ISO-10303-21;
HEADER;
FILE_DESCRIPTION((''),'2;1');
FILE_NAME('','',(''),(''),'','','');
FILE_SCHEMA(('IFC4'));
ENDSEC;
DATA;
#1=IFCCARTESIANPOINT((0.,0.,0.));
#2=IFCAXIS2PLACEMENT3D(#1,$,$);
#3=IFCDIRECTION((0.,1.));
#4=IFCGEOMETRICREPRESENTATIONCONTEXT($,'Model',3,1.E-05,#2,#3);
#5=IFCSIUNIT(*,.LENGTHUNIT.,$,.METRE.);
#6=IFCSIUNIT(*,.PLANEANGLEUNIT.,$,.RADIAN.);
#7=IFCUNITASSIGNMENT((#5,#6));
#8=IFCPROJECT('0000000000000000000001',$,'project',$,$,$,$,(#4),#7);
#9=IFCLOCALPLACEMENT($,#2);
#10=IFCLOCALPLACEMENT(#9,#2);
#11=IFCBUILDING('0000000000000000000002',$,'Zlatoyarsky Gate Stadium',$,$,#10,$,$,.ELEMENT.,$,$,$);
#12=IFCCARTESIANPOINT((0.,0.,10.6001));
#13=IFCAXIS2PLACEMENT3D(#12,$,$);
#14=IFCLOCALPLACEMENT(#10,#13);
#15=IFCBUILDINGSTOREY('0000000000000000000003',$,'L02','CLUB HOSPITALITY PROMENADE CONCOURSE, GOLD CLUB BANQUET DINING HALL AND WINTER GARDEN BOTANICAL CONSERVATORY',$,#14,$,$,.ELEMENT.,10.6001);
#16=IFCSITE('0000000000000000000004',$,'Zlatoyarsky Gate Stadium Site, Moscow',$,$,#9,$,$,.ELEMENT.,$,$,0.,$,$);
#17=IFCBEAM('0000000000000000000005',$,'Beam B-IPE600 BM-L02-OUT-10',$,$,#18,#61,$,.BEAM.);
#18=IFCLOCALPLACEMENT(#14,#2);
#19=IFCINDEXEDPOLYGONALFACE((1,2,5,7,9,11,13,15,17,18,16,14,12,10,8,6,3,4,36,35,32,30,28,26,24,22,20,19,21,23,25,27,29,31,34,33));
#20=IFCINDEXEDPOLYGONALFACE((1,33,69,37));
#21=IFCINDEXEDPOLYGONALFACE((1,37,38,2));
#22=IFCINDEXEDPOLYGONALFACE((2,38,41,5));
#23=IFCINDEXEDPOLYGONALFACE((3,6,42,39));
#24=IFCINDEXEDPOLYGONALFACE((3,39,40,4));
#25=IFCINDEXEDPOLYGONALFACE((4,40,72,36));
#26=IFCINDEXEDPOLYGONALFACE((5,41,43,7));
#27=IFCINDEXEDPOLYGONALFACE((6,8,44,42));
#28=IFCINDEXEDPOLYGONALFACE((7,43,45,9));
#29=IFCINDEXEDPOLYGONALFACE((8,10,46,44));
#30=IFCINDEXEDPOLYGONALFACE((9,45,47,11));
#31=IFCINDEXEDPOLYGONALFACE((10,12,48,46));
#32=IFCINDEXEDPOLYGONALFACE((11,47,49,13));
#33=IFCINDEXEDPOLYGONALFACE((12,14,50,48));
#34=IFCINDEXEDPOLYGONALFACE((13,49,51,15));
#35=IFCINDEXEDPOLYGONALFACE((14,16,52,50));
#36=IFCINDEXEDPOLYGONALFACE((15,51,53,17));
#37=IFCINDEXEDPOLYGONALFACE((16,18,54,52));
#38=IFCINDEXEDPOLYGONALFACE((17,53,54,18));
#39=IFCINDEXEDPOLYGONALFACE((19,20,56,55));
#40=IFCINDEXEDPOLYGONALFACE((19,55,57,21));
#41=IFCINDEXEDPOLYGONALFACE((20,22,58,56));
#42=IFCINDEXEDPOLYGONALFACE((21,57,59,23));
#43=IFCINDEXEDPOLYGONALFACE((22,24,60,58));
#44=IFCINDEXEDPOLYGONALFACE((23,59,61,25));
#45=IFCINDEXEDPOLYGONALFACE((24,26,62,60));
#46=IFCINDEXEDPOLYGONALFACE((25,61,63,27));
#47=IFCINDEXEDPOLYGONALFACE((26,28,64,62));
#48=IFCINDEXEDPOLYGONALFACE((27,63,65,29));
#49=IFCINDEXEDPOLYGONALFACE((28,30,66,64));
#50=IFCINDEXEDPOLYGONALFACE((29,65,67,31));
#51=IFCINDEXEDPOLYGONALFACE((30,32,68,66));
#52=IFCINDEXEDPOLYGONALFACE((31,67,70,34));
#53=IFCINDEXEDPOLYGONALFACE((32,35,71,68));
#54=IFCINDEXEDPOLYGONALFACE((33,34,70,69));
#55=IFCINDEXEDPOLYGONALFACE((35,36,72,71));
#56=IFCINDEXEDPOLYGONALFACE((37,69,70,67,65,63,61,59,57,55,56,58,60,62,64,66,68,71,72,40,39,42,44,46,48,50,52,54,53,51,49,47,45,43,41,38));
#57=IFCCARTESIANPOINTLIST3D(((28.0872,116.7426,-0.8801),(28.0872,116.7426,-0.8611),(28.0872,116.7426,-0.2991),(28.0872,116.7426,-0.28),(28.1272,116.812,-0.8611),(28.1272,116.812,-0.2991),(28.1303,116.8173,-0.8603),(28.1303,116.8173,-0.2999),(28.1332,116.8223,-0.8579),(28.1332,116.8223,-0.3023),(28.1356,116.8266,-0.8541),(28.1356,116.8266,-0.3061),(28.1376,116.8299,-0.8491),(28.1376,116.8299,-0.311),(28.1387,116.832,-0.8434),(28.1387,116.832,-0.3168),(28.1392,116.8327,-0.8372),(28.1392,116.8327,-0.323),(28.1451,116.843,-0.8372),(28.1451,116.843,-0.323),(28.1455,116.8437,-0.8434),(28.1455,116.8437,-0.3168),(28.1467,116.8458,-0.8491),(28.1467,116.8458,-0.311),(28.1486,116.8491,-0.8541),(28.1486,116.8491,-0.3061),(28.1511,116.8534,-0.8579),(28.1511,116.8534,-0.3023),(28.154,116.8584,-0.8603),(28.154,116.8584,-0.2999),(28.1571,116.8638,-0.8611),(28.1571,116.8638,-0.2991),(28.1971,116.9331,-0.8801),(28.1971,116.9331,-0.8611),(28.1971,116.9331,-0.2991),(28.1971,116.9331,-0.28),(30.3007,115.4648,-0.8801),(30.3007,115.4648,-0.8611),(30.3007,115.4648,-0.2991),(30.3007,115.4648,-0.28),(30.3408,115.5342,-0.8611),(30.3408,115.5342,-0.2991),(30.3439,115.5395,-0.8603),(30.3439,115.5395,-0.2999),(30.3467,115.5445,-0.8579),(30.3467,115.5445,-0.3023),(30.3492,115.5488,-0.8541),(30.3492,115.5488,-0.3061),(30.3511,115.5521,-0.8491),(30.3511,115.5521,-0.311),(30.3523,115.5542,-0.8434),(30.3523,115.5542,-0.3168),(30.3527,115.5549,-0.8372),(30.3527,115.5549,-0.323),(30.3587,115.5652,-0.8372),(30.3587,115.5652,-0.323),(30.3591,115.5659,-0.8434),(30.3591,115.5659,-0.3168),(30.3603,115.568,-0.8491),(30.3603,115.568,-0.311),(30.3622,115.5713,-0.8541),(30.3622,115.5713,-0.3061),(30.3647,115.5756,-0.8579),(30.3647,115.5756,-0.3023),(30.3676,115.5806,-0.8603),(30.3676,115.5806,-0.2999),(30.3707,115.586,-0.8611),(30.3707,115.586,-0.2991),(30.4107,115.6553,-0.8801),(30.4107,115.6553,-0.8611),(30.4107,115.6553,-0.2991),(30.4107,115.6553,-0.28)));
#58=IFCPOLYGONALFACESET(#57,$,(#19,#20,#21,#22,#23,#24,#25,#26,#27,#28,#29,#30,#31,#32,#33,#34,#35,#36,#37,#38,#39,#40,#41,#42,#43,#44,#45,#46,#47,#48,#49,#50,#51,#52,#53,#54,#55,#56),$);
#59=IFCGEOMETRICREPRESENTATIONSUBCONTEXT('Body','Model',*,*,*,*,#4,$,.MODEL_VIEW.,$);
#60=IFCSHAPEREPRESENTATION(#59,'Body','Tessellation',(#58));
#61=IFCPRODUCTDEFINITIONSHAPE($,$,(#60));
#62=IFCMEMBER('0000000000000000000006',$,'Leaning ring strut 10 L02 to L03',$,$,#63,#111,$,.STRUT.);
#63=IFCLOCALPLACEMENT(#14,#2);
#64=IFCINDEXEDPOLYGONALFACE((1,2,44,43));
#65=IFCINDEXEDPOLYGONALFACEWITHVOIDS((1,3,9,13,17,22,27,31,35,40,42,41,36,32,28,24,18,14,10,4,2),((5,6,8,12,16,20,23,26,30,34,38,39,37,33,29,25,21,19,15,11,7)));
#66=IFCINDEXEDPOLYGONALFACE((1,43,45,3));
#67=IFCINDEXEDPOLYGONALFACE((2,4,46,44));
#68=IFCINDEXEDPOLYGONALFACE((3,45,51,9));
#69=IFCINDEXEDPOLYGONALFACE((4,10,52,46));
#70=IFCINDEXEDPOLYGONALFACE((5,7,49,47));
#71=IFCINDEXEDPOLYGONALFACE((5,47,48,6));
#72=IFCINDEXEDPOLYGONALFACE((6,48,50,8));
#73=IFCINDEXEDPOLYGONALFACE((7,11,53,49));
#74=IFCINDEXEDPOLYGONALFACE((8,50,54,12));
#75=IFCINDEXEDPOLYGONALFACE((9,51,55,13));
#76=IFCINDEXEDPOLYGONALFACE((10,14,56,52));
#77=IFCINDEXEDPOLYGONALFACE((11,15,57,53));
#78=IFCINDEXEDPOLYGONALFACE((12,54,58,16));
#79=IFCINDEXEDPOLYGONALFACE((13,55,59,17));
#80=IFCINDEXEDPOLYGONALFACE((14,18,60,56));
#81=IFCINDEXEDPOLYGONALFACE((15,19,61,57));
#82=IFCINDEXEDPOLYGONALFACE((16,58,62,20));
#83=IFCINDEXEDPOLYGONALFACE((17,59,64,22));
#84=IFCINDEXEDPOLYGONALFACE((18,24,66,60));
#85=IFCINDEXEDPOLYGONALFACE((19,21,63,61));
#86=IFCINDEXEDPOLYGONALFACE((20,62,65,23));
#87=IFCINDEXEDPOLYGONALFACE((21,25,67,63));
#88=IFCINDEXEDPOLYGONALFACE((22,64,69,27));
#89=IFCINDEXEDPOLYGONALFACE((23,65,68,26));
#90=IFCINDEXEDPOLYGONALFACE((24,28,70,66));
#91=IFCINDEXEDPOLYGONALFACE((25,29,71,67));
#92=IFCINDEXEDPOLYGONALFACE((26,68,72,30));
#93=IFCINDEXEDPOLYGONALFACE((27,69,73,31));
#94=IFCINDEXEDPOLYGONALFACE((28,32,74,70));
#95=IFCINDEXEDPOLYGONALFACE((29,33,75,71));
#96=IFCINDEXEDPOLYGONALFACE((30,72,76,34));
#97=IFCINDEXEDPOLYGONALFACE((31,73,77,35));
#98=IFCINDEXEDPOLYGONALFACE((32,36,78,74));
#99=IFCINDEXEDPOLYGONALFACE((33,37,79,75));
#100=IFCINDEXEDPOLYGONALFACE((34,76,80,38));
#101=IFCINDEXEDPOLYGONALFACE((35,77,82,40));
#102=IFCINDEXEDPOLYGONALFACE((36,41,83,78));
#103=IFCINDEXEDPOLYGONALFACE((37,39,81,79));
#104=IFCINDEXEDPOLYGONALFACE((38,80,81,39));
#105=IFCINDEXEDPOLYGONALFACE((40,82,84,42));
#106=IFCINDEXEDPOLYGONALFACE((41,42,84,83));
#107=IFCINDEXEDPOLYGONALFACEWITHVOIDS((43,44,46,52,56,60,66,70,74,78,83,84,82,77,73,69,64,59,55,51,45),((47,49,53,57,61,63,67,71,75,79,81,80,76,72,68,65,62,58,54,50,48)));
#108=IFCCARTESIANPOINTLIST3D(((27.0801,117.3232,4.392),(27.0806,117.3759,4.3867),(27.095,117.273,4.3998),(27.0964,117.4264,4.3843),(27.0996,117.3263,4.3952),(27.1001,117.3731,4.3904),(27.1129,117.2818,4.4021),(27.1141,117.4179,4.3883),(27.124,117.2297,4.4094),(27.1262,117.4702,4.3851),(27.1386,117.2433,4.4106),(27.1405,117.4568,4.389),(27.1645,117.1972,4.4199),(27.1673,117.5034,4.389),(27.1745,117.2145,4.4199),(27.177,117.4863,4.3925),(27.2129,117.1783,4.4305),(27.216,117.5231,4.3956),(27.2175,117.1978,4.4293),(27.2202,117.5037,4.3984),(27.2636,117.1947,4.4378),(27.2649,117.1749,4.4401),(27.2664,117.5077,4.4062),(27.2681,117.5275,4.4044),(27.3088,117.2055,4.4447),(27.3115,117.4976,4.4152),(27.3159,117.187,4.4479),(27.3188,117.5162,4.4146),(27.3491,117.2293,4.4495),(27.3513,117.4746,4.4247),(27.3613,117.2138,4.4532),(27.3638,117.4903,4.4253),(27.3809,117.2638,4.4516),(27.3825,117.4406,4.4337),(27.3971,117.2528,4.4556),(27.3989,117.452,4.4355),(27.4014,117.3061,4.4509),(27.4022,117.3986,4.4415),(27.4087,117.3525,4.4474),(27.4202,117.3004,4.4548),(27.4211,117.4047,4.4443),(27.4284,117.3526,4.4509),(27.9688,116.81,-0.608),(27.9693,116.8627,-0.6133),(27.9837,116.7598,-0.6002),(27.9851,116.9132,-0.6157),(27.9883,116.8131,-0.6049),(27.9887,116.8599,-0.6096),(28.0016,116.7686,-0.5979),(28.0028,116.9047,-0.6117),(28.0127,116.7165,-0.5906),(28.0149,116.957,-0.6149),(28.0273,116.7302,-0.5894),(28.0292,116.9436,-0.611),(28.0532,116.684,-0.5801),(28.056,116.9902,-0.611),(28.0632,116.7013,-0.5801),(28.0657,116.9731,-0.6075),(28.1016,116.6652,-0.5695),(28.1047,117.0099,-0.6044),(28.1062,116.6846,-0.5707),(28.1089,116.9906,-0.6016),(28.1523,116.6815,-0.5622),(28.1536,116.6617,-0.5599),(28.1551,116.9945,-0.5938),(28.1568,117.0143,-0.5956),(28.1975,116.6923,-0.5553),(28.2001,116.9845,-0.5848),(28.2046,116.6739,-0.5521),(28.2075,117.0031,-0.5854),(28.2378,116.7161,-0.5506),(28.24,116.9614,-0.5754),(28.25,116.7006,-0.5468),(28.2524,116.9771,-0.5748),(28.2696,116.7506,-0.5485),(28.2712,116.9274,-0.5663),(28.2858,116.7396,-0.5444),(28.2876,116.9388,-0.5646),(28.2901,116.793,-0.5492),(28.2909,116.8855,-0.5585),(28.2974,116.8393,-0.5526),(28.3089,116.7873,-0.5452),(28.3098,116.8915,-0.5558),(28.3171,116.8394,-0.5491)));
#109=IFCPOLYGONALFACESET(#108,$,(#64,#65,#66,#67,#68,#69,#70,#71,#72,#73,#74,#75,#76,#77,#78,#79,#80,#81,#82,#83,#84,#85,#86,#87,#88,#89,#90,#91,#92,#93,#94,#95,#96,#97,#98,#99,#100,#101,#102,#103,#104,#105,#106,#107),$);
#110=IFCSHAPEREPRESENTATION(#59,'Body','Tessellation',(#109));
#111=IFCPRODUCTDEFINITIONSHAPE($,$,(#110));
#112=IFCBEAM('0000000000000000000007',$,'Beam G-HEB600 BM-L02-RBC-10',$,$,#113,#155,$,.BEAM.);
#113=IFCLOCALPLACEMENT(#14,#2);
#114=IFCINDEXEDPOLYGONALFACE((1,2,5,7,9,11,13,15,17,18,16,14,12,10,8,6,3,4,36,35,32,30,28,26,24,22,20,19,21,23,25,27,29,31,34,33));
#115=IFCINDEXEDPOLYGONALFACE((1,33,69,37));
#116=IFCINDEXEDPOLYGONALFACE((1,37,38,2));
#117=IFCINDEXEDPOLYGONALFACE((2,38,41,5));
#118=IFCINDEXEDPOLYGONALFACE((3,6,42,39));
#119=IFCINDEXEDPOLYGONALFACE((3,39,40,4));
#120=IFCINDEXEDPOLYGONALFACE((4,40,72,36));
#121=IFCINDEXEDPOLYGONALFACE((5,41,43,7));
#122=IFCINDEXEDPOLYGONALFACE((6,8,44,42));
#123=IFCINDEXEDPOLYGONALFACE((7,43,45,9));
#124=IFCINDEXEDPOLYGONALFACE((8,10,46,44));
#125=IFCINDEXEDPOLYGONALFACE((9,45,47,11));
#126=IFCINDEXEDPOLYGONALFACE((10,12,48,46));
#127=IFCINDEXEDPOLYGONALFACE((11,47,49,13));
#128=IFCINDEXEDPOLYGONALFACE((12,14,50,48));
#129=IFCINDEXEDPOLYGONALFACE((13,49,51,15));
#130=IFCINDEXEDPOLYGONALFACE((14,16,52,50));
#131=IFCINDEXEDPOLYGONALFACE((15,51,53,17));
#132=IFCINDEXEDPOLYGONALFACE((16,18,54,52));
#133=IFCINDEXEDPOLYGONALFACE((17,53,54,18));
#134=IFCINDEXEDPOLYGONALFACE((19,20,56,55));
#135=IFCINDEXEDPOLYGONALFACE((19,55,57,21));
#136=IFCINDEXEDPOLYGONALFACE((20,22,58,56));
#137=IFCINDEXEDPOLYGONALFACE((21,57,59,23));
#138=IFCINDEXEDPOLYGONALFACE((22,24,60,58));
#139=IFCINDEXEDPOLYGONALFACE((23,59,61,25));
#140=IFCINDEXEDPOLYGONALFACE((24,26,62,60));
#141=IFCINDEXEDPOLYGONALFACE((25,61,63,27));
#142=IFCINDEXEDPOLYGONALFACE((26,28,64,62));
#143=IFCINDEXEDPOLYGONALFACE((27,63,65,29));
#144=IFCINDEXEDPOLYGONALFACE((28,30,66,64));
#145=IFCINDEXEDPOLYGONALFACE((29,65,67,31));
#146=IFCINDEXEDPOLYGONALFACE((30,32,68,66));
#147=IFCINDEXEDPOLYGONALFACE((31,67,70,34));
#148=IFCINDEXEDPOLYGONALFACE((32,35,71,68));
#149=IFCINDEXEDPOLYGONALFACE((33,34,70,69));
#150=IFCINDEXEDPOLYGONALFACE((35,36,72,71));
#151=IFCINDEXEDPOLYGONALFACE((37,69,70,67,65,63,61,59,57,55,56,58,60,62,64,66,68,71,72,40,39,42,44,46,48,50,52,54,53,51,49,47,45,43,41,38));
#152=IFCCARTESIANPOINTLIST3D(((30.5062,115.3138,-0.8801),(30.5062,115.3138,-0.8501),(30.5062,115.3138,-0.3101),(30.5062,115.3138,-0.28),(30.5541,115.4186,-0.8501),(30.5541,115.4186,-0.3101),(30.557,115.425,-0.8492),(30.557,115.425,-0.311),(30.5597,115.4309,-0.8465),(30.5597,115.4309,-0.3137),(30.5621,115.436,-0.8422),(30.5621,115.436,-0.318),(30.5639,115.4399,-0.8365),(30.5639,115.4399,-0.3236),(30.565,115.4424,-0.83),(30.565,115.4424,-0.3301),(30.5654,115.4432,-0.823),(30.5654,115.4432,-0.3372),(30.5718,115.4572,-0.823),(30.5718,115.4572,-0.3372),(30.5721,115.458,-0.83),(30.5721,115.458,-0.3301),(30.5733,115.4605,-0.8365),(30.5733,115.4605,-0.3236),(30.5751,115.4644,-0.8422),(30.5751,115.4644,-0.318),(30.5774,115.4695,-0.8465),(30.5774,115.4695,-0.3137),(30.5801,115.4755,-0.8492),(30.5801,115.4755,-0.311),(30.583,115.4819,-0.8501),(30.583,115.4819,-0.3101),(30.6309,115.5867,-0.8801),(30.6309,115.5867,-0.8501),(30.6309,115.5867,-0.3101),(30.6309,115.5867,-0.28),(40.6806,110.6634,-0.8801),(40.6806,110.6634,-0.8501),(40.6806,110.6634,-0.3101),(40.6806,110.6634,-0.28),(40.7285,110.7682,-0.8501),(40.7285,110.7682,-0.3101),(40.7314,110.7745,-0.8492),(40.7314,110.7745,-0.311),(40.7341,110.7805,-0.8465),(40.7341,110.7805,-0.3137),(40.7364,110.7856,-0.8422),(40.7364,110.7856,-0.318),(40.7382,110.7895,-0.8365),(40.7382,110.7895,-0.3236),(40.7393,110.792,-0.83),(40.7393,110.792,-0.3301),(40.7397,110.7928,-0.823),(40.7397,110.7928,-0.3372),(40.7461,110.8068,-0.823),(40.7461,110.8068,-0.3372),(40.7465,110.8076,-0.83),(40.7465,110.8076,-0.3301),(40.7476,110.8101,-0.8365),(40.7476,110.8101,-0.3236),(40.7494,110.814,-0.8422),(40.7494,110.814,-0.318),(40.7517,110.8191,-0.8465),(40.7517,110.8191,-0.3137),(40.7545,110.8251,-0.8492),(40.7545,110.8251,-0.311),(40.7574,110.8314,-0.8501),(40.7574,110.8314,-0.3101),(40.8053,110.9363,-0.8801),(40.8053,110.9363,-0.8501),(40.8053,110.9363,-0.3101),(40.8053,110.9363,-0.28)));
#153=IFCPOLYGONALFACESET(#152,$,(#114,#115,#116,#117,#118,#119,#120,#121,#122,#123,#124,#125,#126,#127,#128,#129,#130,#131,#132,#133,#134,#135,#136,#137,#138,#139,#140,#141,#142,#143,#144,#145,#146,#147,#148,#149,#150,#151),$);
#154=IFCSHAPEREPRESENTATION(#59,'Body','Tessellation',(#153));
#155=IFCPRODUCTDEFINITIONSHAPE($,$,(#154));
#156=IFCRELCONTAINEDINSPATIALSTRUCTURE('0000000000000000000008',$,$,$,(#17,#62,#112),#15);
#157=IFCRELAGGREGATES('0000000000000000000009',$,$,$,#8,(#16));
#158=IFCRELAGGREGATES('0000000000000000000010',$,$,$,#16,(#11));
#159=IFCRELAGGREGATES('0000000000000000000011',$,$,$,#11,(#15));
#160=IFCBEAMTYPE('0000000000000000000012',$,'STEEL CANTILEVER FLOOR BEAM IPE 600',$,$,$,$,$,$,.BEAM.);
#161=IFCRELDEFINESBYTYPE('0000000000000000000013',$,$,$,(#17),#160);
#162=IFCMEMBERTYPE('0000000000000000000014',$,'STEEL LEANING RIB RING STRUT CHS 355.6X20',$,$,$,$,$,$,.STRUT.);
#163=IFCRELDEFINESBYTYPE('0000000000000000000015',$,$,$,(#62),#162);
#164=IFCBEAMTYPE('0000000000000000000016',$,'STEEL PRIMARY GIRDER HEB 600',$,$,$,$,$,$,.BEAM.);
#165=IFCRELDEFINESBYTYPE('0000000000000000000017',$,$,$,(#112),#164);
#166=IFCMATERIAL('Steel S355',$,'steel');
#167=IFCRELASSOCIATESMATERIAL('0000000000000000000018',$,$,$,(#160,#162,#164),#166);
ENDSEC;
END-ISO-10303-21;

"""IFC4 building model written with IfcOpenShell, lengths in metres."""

from ifc_helpers import new_model, si_unit, direction, frame, origin, origin_2d, place, context, subcontext, project, spatial, hollow_circle, i_section, extrude, material, material_profile, profile_set, type_object, element, save


model = new_model("IFC4")

# Units and contexts
model_context = context("Model", 3, precision=1e-05, world=origin(), true_north=direction((0.0, 1.0)))
body_context = subcontext(model_context, "Body", "Model", "MODEL_VIEW")
ifc_project = project(units=[si_unit("LENGTHUNIT", "METRE"), si_unit("PLANEANGLEUNIT", "RADIAN")], contexts=[model_context])

# Site, building, storey
site_placement = place(None, origin())
site = spatial("IfcSite", under=ifc_project, at=site_placement, Name="Zlatoyarsky Gate Stadium Site, Moscow", CompositionType="ELEMENT", RefElevation=0.0)
building_placement = place(site_placement, origin())
building = spatial("IfcBuilding", under=site, at=building_placement, Name="Zlatoyarsky Gate Stadium", CompositionType="ELEMENT")
storey_placement = place(building_placement, frame((0.0, 0.0, 10.6001)))
storey = spatial("IfcBuildingStorey", under=building, at=storey_placement, Name="L02", Description="CLUB HOSPITALITY PROMENADE CONCOURSE, GOLD CLUB BANQUET DINING HALL AND WINTER GARDEN BOTANICAL CONSERVATORY", CompositionType="ELEMENT", Elevation=10.6001)

# Shared definitions
ifc_material_1 = material(Name="Steel S355", Category="steel")

# Beam
ifc_material_profile_1 = material_profile(ifc_material_1, i_section(OverallWidth=0.22, OverallDepth=0.6001, WebThickness=0.012, FlangeThickness=0.019, FilletRadius=0.0239, at=origin_2d()), Name="IPE 600")
ifc_profile_set_1 = profile_set([ifc_material_profile_1], Name="Steel S355")
beam_type_1 = type_object("IfcBeamType", Name="STEEL CANTILEVER FLOOR BEAM IPE 600", PredefinedType="BEAM", material=ifc_profile_set_1)
beam_1_placement = place(storey_placement, frame((30.3557, 115.5601, -0.5801), z_axis=(-0.86606, 0.49994, 0.0), x_axis=(-0.49994, -0.86606, 0.0)))
element("IfcBeam", 1, at=beam_1_placement, inside=storey, type_object=beam_type_1, Name="Beam B-IPE600 BM-L02-OUT-10", PredefinedType="BEAM", context=body_context, shape_type="SweptSolid", body=[
    extrude(i_section(OverallWidth=0.22, OverallDepth=0.6001, WebThickness=0.012, FlangeThickness=0.019, FilletRadius=0.0239, at=origin_2d()), origin(), (0.0, 0.0, 1.0), 2.5559),
])

# Member
ifc_material_profile_2 = material_profile(ifc_material_1, hollow_circle(Radius=0.1777, WallThickness=0.02, at=origin_2d()), Name="CHS 355.6X20")
ifc_profile_set_2 = profile_set([ifc_material_profile_2], Name="Steel S355")
member_type_1 = type_object("IfcMemberType", Name="STEEL LEANING RIB RING STRUT CHS 355.6X20", PredefinedType="STRUT", material=ifc_profile_set_2)
member_1_placement = place(storey_placement, frame((28.1421, 116.8379, -0.5801), z_axis=(-0.174105, 0.100541, 0.979581), x_axis=(-0.500079, -0.86598, 0.0)))
element("IfcMember", 2, at=member_1_placement, inside=storey, type_object=member_type_1, Name="Leaning ring strut 10 L02 to L03", PredefinedType="STRUT", context=body_context, shape_type="SweptSolid", body=[
    extrude(hollow_circle(Radius=0.1777, WallThickness=0.02, at=origin_2d()), origin(), (0.0, 0.0, 1.0), 5.1042),
])

# Beam
ifc_material_profile_3 = material_profile(ifc_material_1, i_section(OverallWidth=0.3, OverallDepth=0.6001, WebThickness=0.0154, FlangeThickness=0.03, FilletRadius=0.0271, at=origin_2d()), Name="HEB 600")
ifc_profile_set_3 = profile_set([ifc_material_profile_3], Name="Steel S355")
beam_type_2 = type_object("IfcBeamType", Name="STEEL PRIMARY GIRDER HEB 600", PredefinedType="BEAM", material=ifc_profile_set_3)
beam_2_placement = place(storey_placement, frame((40.7429, 110.7998, -0.5801), z_axis=(-0.909499, 0.415706, 0.0), x_axis=(-0.415706, -0.909499, 0.0)))
element("IfcBeam", 3, at=beam_2_placement, inside=storey, type_object=beam_type_2, Name="Beam G-HEB600 BM-L02-RBC-10", PredefinedType="BEAM", context=body_context, shape_type="SweptSolid", body=[
    extrude(i_section(OverallWidth=0.3, OverallDepth=0.6001, WebThickness=0.0154, FlangeThickness=0.03, FilletRadius=0.0271, at=origin_2d()), origin(), (0.0, 0.0, 1.0), 11.1868),
])

save(model, "model.ifc")
